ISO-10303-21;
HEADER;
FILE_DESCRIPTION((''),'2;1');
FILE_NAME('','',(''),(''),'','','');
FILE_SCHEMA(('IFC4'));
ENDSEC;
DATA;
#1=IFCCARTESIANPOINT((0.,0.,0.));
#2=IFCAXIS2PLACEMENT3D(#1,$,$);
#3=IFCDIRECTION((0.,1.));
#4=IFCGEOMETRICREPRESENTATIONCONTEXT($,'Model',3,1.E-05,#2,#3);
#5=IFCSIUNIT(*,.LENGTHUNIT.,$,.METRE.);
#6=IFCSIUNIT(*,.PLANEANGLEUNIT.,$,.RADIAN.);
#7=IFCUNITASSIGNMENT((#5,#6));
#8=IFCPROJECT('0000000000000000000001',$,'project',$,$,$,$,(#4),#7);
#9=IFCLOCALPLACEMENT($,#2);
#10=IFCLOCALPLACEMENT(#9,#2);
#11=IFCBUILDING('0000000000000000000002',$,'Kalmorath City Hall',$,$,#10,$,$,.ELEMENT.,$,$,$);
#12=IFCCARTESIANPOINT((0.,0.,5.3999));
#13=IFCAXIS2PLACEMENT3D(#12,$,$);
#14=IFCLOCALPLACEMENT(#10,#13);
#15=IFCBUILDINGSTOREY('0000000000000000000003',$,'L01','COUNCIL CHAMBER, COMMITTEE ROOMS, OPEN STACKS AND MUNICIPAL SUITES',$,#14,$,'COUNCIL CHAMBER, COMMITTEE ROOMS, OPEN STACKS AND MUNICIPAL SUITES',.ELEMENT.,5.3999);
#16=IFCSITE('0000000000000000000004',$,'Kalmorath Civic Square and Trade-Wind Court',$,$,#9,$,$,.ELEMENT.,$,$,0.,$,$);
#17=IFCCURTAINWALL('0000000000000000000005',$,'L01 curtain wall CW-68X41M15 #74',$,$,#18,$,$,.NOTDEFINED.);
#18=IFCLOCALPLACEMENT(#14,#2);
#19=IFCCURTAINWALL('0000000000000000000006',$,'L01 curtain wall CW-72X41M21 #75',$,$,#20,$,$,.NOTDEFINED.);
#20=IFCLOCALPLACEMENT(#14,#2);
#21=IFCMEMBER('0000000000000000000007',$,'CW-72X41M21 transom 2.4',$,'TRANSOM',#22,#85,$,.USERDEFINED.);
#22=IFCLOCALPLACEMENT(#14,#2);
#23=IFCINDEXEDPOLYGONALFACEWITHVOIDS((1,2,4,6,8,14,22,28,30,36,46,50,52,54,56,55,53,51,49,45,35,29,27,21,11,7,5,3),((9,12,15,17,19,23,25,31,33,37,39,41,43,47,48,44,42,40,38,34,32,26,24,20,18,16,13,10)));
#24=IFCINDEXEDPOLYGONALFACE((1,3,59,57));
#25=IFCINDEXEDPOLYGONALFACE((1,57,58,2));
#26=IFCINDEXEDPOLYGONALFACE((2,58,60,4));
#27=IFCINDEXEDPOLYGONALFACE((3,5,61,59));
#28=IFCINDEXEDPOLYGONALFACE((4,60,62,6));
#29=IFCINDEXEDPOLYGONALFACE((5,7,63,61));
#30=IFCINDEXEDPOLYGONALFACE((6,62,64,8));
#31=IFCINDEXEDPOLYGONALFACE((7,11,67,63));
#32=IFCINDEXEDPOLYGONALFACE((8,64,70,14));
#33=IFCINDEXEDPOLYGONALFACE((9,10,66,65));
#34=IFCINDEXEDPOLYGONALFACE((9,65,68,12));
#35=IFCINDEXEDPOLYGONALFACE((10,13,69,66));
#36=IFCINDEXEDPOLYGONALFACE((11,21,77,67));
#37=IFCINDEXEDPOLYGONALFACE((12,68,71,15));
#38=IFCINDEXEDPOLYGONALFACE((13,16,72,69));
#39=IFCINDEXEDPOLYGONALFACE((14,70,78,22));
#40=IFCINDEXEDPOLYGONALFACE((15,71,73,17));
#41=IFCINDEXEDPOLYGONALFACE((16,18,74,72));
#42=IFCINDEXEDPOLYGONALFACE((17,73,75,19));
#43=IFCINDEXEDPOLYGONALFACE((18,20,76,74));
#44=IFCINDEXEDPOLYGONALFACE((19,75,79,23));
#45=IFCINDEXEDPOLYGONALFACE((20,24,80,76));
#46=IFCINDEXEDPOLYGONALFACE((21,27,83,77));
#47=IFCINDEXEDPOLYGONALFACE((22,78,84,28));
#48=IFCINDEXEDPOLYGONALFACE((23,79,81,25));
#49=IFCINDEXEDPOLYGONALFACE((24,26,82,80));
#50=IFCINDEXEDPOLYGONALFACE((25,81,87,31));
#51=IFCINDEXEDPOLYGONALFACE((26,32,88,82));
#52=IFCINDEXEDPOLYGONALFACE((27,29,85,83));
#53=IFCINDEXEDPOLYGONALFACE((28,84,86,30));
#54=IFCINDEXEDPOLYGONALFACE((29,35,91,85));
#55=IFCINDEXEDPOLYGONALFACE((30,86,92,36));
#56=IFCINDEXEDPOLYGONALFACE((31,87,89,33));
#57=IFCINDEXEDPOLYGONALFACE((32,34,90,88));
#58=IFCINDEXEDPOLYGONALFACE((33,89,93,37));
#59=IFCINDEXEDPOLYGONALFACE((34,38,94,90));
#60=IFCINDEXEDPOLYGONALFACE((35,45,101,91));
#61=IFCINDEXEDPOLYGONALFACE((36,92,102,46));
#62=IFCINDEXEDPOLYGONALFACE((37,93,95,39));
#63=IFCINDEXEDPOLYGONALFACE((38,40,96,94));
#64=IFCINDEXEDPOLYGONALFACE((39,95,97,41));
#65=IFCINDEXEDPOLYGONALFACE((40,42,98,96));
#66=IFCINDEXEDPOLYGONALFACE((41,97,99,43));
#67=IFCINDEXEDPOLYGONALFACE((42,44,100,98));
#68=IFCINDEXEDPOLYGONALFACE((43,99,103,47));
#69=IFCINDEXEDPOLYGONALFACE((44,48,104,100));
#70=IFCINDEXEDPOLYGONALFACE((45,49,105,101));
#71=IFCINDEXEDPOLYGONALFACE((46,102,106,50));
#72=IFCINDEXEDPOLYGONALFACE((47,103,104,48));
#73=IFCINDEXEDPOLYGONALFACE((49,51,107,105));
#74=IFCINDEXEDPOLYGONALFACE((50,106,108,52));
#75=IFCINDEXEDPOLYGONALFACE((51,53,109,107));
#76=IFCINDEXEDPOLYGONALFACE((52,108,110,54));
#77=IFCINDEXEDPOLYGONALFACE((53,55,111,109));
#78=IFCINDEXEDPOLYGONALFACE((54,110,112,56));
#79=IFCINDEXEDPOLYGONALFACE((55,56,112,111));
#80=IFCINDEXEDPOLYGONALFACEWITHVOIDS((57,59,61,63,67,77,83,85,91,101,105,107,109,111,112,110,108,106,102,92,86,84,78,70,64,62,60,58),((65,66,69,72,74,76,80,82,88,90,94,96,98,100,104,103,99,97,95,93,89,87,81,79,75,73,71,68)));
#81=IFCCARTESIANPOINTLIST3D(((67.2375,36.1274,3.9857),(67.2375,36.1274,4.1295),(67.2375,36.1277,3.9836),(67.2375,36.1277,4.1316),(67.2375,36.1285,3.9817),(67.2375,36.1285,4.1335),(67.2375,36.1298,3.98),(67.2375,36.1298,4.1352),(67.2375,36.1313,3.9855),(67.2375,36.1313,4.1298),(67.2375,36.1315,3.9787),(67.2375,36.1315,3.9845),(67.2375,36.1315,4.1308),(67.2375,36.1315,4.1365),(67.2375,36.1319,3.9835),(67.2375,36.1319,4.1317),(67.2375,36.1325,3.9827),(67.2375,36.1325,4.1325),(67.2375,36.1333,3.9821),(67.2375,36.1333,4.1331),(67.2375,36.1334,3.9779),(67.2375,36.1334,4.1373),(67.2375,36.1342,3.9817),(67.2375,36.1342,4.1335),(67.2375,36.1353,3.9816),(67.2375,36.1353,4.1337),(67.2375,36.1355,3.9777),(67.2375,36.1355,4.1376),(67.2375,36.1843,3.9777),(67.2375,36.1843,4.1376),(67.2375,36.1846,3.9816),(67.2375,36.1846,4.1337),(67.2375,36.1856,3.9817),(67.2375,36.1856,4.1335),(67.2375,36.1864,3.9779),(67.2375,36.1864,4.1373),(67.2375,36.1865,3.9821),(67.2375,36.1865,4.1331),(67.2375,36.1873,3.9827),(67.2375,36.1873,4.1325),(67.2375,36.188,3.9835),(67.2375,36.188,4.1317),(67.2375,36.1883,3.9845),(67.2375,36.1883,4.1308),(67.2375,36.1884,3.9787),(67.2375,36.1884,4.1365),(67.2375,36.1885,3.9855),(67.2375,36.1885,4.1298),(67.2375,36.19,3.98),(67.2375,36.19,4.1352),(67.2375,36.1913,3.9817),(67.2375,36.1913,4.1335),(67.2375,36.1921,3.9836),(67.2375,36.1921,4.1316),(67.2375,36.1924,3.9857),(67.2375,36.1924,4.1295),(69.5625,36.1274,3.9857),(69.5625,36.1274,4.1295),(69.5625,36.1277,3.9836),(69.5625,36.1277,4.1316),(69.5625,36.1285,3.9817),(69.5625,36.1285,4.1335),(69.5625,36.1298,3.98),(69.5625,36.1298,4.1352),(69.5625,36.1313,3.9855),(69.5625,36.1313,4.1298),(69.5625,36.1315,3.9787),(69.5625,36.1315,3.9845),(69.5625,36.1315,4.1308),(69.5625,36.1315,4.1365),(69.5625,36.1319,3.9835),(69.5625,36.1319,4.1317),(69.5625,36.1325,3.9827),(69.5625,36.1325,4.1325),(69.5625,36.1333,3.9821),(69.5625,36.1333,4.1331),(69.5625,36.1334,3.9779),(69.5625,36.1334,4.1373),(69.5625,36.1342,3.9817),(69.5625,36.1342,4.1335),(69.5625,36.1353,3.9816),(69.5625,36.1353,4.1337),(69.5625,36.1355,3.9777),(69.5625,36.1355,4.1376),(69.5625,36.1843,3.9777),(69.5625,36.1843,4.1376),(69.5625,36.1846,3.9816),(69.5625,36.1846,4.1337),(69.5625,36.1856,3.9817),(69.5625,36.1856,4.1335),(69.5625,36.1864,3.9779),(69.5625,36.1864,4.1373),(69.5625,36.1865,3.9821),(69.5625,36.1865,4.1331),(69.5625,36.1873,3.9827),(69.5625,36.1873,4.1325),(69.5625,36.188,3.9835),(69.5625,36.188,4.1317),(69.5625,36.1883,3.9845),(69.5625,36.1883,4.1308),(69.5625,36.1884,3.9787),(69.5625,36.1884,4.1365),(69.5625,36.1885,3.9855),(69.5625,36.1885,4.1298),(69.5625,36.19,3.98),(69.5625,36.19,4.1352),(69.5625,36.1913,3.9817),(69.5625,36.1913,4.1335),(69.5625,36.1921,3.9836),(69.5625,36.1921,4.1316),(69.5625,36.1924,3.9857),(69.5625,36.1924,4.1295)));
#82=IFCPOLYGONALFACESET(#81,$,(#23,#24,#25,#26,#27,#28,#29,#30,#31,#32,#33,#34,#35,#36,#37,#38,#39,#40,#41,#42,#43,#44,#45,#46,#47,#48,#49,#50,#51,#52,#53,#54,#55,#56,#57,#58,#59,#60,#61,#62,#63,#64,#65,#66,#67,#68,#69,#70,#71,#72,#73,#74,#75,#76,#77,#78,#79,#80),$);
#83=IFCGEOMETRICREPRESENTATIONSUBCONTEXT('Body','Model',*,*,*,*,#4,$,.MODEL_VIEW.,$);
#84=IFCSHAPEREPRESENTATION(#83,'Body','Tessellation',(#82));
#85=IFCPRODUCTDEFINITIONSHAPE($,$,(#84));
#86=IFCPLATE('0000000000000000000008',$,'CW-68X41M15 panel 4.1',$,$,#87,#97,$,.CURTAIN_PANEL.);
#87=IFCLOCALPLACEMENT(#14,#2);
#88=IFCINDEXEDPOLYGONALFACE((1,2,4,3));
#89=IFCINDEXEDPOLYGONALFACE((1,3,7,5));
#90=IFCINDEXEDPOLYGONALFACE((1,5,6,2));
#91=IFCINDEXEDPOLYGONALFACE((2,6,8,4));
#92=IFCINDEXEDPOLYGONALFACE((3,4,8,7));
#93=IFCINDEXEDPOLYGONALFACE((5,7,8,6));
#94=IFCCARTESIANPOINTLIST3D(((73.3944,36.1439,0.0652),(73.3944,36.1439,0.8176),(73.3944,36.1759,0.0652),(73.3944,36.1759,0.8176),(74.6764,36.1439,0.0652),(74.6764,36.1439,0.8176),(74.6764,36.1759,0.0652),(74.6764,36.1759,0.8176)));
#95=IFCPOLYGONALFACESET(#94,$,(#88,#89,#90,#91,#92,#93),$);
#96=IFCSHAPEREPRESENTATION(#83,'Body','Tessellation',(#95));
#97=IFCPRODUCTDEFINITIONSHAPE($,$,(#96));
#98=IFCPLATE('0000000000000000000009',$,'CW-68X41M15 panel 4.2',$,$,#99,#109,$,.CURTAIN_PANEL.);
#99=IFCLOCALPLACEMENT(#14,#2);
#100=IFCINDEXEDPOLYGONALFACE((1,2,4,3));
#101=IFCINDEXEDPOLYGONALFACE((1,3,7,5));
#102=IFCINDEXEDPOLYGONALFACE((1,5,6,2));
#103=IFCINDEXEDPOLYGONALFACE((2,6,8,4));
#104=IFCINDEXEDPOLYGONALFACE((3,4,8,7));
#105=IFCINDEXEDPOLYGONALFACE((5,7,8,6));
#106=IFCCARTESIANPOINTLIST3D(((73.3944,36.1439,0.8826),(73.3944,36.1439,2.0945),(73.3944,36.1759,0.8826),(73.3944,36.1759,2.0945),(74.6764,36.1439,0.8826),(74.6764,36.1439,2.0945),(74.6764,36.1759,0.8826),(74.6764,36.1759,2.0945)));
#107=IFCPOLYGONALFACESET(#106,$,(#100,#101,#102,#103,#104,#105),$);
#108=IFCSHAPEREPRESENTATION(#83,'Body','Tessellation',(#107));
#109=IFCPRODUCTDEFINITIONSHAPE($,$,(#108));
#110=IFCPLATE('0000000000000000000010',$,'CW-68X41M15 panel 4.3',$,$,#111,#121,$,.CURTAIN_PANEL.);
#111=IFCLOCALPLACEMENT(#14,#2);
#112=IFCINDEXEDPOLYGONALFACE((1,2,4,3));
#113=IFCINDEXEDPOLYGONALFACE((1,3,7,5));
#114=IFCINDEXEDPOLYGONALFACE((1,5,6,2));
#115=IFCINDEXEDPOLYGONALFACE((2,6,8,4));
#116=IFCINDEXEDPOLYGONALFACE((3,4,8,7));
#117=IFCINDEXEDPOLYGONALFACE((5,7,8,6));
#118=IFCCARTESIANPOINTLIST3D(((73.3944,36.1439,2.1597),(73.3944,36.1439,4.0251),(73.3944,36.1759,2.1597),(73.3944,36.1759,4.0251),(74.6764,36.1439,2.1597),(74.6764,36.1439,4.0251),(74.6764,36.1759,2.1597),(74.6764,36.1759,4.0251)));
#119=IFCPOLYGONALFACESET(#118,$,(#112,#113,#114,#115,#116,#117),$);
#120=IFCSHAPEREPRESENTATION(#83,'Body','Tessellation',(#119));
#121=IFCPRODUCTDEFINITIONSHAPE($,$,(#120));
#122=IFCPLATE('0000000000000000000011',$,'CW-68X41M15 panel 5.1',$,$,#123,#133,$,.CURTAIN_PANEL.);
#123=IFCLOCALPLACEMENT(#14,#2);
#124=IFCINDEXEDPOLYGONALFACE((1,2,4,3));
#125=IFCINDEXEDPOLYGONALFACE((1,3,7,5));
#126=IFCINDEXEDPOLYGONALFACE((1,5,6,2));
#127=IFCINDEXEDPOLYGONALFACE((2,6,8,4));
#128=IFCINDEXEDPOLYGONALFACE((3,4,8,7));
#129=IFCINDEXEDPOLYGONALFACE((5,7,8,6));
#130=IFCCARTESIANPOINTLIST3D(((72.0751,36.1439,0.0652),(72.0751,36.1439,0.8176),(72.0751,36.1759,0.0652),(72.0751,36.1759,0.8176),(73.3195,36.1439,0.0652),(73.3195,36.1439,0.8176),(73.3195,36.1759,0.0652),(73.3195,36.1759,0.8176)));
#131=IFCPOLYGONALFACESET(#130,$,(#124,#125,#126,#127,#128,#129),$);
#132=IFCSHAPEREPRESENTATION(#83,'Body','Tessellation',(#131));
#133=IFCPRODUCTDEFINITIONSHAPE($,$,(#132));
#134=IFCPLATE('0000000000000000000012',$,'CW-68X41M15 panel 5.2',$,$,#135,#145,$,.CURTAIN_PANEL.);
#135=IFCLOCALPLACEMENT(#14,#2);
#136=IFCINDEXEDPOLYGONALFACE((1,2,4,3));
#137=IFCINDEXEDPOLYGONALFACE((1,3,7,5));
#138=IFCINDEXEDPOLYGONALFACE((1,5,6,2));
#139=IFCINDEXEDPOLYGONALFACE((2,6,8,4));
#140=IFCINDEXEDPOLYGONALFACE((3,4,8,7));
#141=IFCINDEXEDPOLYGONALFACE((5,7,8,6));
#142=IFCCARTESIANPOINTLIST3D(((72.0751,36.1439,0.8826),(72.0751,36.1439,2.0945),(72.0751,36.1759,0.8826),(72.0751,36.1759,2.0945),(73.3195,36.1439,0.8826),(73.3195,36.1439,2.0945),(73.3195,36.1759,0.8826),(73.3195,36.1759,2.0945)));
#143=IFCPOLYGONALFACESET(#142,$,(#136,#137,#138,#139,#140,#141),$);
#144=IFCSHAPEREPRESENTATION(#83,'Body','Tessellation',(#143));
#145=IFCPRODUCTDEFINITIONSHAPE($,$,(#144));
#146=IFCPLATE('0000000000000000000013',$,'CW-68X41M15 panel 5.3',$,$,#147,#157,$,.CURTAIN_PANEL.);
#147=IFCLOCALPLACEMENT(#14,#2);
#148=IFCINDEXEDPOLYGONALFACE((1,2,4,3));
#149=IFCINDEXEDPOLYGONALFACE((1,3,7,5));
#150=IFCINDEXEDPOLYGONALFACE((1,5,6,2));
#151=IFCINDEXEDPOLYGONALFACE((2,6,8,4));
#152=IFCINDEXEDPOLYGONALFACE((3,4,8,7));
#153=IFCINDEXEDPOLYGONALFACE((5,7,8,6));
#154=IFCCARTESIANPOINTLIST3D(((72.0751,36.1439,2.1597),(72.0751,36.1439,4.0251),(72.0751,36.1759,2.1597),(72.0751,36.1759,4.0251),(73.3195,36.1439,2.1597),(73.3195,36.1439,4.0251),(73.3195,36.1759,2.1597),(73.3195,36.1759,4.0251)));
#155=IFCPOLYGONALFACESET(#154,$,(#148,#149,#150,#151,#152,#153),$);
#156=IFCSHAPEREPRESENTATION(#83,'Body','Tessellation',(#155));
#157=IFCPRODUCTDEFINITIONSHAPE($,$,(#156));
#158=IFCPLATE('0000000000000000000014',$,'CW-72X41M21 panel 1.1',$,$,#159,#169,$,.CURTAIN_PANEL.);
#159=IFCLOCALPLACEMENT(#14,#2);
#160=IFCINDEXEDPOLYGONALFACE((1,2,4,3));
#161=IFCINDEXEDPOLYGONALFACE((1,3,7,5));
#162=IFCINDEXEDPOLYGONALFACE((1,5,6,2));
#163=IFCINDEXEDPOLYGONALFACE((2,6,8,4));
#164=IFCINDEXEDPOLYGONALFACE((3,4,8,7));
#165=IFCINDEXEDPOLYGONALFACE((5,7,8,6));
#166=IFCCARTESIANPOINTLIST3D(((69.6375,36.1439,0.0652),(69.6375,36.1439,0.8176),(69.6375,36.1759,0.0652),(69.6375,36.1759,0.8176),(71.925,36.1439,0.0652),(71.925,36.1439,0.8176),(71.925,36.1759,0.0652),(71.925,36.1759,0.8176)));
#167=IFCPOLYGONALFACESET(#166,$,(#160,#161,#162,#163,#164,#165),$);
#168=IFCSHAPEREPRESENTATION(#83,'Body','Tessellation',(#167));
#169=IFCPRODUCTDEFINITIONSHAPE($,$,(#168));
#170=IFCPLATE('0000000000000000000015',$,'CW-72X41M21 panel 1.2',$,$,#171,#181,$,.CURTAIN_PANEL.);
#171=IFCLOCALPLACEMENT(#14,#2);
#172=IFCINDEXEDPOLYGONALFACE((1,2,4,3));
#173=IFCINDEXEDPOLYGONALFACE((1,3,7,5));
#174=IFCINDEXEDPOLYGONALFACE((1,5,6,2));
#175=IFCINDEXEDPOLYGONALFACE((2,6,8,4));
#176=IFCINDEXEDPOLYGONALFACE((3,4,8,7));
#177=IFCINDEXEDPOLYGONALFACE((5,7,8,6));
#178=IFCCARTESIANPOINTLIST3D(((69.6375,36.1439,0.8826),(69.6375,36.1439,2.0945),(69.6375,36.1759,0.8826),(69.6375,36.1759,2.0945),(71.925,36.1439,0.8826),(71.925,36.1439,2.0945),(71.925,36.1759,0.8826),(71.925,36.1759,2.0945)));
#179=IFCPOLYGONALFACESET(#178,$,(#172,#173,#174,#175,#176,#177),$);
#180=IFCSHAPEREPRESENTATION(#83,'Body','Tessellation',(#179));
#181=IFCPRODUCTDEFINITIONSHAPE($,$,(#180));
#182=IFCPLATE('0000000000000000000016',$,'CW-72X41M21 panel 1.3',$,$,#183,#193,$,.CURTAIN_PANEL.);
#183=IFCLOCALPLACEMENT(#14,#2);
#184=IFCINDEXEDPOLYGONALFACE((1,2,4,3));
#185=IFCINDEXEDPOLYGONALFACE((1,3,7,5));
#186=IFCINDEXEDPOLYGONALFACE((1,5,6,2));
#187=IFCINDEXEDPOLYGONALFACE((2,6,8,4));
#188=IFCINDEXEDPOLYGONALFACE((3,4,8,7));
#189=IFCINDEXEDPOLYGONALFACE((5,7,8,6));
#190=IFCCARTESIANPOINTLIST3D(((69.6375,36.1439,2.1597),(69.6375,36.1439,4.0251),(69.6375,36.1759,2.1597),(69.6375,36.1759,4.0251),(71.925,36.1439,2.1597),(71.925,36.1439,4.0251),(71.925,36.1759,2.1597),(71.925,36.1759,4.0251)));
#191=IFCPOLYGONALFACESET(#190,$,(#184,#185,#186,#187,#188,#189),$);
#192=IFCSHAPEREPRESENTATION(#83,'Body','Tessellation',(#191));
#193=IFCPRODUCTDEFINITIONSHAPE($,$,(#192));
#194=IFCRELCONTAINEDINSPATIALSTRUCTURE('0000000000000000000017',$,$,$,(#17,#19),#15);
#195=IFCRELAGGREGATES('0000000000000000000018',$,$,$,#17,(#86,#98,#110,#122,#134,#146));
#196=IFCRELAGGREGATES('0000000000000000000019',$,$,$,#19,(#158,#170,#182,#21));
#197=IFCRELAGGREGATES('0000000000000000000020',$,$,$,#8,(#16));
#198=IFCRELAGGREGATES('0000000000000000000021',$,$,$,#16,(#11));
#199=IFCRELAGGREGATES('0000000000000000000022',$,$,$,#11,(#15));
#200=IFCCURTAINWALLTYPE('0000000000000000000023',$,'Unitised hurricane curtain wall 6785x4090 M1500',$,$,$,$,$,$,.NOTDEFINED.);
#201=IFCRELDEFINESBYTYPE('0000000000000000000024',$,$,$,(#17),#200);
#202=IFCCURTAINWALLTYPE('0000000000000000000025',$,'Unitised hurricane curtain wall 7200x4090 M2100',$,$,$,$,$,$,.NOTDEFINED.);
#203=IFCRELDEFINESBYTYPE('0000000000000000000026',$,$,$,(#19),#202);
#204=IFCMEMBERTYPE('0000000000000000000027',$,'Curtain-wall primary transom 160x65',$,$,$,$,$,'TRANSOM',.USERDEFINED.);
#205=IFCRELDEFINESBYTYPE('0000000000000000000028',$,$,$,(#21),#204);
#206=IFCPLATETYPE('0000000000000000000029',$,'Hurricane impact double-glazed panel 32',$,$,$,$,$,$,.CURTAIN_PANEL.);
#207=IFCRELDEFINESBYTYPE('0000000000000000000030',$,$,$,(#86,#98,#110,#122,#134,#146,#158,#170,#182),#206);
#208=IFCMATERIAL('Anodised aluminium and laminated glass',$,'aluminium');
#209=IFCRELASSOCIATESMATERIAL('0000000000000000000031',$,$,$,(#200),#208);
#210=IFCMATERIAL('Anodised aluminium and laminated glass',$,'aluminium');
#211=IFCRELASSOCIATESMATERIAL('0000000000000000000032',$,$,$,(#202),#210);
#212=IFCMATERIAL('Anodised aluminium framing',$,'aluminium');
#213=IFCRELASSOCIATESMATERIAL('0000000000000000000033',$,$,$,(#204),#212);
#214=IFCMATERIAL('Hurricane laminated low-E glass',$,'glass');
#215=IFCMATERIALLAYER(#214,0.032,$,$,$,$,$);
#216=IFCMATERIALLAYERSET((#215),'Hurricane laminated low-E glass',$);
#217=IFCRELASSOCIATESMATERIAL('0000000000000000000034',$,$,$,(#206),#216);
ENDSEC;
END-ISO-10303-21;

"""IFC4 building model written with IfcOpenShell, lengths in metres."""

from ifc_helpers import new_model, si_unit, direction, frame, origin, origin_2d, place, context, subcontext, project, spatial, rectangle, hollow_rectangle, extrude, material, layer, layer_set, material_profile, profile_set, type_object, element, aggregate, save


model = new_model("IFC4")

# Units and contexts
model_context = context("Model", 3, precision=1e-05, world=origin(), true_north=direction((0.0, 1.0)))
body_context = subcontext(model_context, "Body", "Model", "MODEL_VIEW")
ifc_project = project(units=[si_unit("LENGTHUNIT", "METRE"), si_unit("PLANEANGLEUNIT", "RADIAN")], contexts=[model_context])

# Site, building, storey
site_placement = place(None, origin())
site = spatial("IfcSite", under=ifc_project, at=site_placement, Name="Kalmorath Civic Square and Trade-Wind Court", CompositionType="ELEMENT", RefElevation=0.0)
building_placement = place(site_placement, origin())
building = spatial("IfcBuilding", under=site, at=building_placement, Name="Kalmorath City Hall", CompositionType="ELEMENT")
storey_placement = place(building_placement, frame((0.0, 0.0, 5.3999)))
storey = spatial("IfcBuildingStorey", under=building, at=storey_placement, Name="L01", Description="COUNCIL CHAMBER, COMMITTEE ROOMS, OPEN STACKS AND MUNICIPAL SUITES", LongName="COUNCIL CHAMBER, COMMITTEE ROOMS, OPEN STACKS AND MUNICIPAL SUITES", CompositionType="ELEMENT", Elevation=5.3999)

# Curtain walls
ifc_material_1 = material(Name="Anodised aluminium and laminated glass", Category="aluminium")
curtain_wall_type_1 = type_object("IfcCurtainWallType", Name="Unitised hurricane curtain wall 6785x4090 M1500", PredefinedType="NOTDEFINED", material=ifc_material_1)
curtain_wall_1_placement = place(storey_placement, origin())
curtain_wall_1 = element("IfcCurtainWall", 1, at=curtain_wall_1_placement, inside=storey, type_object=curtain_wall_type_1, Name="L01 curtain wall CW-68X41M15 #74", PredefinedType="NOTDEFINED")
ifc_material_2 = material(Name="Anodised aluminium and laminated glass", Category="aluminium")
curtain_wall_type_2 = type_object("IfcCurtainWallType", Name="Unitised hurricane curtain wall 7200x4090 M2100", PredefinedType="NOTDEFINED", material=ifc_material_2)
curtain_wall_2_placement = place(storey_placement, origin())
curtain_wall_2 = element("IfcCurtainWall", 2, at=curtain_wall_2_placement, inside=storey, type_object=curtain_wall_type_2, Name="L01 curtain wall CW-72X41M21 #75", PredefinedType="NOTDEFINED")

# Member
ifc_material_3 = material(Name="Anodised aluminium framing", Category="aluminium")
ifc_material_profile_1 = material_profile(ifc_material_3, hollow_rectangle(XDim=0.0649, YDim=0.1599, WallThickness=0.0039, InnerFilletRadius=0.0039, OuterFilletRadius=0.0081, at=origin_2d()), Name="ALU-TRN-160X65X4")
ifc_profile_set_1 = profile_set([ifc_material_profile_1], Name="Anodised aluminium framing")
member_type_1 = type_object("IfcMemberType", Name="Curtain-wall primary transom 160x65", ElementType="TRANSOM", PredefinedType="USERDEFINED", material=ifc_profile_set_1)
member_1_placement = place(storey_placement, frame((69.5625, 36.1599, 4.0576), z_axis=(-1.0, 0.0, 0.0), x_axis=(0.0, -1.0, 0.0)))
member_1 = element("IfcMember", 3, at=member_1_placement, type_object=member_type_1, Name="CW-72X41M21 transom 2.4", ObjectType="TRANSOM", PredefinedType="USERDEFINED", context=body_context, shape_type="SweptSolid", body=[
    extrude(hollow_rectangle(XDim=0.0649, YDim=0.1599, WallThickness=0.0039, InnerFilletRadius=0.0039, OuterFilletRadius=0.0081, at=origin_2d()), origin(), (0.0, 0.0, 1.0), 2.325),
])

# Plates
ifc_material_4 = material(Name="Hurricane laminated low-E glass", Category="glass")
ifc_layer = layer(ifc_material_4, 0.032)
ifc_layer_set = layer_set([ifc_layer], Name="Hurricane laminated low-E glass")
plate_type = type_object("IfcPlateType", Name="Hurricane impact double-glazed panel 32", PredefinedType="CURTAIN_PANEL", material=ifc_layer_set)
plate_1_placement = place(storey_placement, frame((74.0354, 36.1599, 0.0652), z_axis=(0.0, 0.0, 1.0), x_axis=(-1.0, 0.0, 0.0)))
plate_1 = element("IfcPlate", 4, at=plate_1_placement, type_object=plate_type, Name="CW-68X41M15 panel 4.1", PredefinedType="CURTAIN_PANEL", context=body_context, shape_type="SweptSolid", body=[
    extrude(rectangle(XDim=1.282, YDim=0.032, at=origin_2d()), origin(), (0.0, 0.0, 1.0), 0.7524),
])
plate_2_placement = place(storey_placement, frame((74.0354, 36.1599, 0.8826), z_axis=(0.0, 0.0, 1.0), x_axis=(-1.0, 0.0, 0.0)))
plate_2 = element("IfcPlate", 5, at=plate_2_placement, type_object=plate_type, Name="CW-68X41M15 panel 4.2", PredefinedType="CURTAIN_PANEL", context=body_context, shape_type="SweptSolid", body=[
    extrude(rectangle(XDim=1.282, YDim=0.032, at=origin_2d()), origin(), (0.0, 0.0, 1.0), 1.2119),
])
plate_3_placement = place(storey_placement, frame((74.0354, 36.1599, 2.1597), z_axis=(0.0, 0.0, 1.0), x_axis=(-1.0, 0.0, 0.0)))
plate_3 = element("IfcPlate", 6, at=plate_3_placement, type_object=plate_type, Name="CW-68X41M15 panel 4.3", PredefinedType="CURTAIN_PANEL", context=body_context, shape_type="SweptSolid", body=[
    extrude(rectangle(XDim=1.282, YDim=0.032, at=origin_2d()), origin(), (0.0, 0.0, 1.0), 1.8655),
])
plate_4_placement = place(storey_placement, frame((72.6973, 36.1599, 0.0652), z_axis=(0.0, 0.0, 1.0), x_axis=(-1.0, 0.0, 0.0)))
plate_4 = element("IfcPlate", 7, at=plate_4_placement, type_object=plate_type, Name="CW-68X41M15 panel 5.1", PredefinedType="CURTAIN_PANEL", context=body_context, shape_type="SweptSolid", body=[
    extrude(rectangle(XDim=1.2444, YDim=0.032, at=origin_2d()), origin(), (0.0, 0.0, 1.0), 0.7524),
])
plate_5_placement = place(storey_placement, frame((72.6973, 36.1599, 0.8826), z_axis=(0.0, 0.0, 1.0), x_axis=(-1.0, 0.0, 0.0)))
plate_5 = element("IfcPlate", 8, at=plate_5_placement, type_object=plate_type, Name="CW-68X41M15 panel 5.2", PredefinedType="CURTAIN_PANEL", context=body_context, shape_type="SweptSolid", body=[
    extrude(rectangle(XDim=1.2444, YDim=0.032, at=origin_2d()), origin(), (0.0, 0.0, 1.0), 1.2119),
])
plate_6_placement = place(storey_placement, frame((72.6973, 36.1599, 2.1597), z_axis=(0.0, 0.0, 1.0), x_axis=(-1.0, 0.0, 0.0)))
plate_6 = element("IfcPlate", 9, at=plate_6_placement, type_object=plate_type, Name="CW-68X41M15 panel 5.3", PredefinedType="CURTAIN_PANEL", context=body_context, shape_type="SweptSolid", body=[
    extrude(rectangle(XDim=1.2444, YDim=0.032, at=origin_2d()), origin(), (0.0, 0.0, 1.0), 1.8655),
])
aggregate(curtain_wall_1, [plate_1, plate_2, plate_3, plate_4, plate_5, plate_6])
plate_7_placement = place(storey_placement, frame((70.7812, 36.1599, 0.0652), z_axis=(0.0, 0.0, 1.0), x_axis=(-1.0, 0.0, 0.0)))
plate_7 = element("IfcPlate", 10, at=plate_7_placement, type_object=plate_type, Name="CW-72X41M21 panel 1.1", PredefinedType="CURTAIN_PANEL", context=body_context, shape_type="SweptSolid", body=[
    extrude(rectangle(XDim=2.2876, YDim=0.032, at=origin_2d()), origin(), (0.0, 0.0, 1.0), 0.7524),
])
plate_8_placement = place(storey_placement, frame((70.7812, 36.1599, 0.8826), z_axis=(0.0, 0.0, 1.0), x_axis=(-1.0, 0.0, 0.0)))
plate_8 = element("IfcPlate", 11, at=plate_8_placement, type_object=plate_type, Name="CW-72X41M21 panel 1.2", PredefinedType="CURTAIN_PANEL", context=body_context, shape_type="SweptSolid", body=[
    extrude(rectangle(XDim=2.2876, YDim=0.032, at=origin_2d()), origin(), (0.0, 0.0, 1.0), 1.2119),
])
plate_9_placement = place(storey_placement, frame((70.7812, 36.1599, 2.1597), z_axis=(0.0, 0.0, 1.0), x_axis=(-1.0, 0.0, 0.0)))
plate_9 = element("IfcPlate", 12, at=plate_9_placement, type_object=plate_type, Name="CW-72X41M21 panel 1.3", PredefinedType="CURTAIN_PANEL", context=body_context, shape_type="SweptSolid", body=[
    extrude(rectangle(XDim=2.2876, YDim=0.032, at=origin_2d()), origin(), (0.0, 0.0, 1.0), 1.8655),
])
aggregate(curtain_wall_2, [plate_7, plate_8, plate_9, member_1])

save(model, "model.ifc")
